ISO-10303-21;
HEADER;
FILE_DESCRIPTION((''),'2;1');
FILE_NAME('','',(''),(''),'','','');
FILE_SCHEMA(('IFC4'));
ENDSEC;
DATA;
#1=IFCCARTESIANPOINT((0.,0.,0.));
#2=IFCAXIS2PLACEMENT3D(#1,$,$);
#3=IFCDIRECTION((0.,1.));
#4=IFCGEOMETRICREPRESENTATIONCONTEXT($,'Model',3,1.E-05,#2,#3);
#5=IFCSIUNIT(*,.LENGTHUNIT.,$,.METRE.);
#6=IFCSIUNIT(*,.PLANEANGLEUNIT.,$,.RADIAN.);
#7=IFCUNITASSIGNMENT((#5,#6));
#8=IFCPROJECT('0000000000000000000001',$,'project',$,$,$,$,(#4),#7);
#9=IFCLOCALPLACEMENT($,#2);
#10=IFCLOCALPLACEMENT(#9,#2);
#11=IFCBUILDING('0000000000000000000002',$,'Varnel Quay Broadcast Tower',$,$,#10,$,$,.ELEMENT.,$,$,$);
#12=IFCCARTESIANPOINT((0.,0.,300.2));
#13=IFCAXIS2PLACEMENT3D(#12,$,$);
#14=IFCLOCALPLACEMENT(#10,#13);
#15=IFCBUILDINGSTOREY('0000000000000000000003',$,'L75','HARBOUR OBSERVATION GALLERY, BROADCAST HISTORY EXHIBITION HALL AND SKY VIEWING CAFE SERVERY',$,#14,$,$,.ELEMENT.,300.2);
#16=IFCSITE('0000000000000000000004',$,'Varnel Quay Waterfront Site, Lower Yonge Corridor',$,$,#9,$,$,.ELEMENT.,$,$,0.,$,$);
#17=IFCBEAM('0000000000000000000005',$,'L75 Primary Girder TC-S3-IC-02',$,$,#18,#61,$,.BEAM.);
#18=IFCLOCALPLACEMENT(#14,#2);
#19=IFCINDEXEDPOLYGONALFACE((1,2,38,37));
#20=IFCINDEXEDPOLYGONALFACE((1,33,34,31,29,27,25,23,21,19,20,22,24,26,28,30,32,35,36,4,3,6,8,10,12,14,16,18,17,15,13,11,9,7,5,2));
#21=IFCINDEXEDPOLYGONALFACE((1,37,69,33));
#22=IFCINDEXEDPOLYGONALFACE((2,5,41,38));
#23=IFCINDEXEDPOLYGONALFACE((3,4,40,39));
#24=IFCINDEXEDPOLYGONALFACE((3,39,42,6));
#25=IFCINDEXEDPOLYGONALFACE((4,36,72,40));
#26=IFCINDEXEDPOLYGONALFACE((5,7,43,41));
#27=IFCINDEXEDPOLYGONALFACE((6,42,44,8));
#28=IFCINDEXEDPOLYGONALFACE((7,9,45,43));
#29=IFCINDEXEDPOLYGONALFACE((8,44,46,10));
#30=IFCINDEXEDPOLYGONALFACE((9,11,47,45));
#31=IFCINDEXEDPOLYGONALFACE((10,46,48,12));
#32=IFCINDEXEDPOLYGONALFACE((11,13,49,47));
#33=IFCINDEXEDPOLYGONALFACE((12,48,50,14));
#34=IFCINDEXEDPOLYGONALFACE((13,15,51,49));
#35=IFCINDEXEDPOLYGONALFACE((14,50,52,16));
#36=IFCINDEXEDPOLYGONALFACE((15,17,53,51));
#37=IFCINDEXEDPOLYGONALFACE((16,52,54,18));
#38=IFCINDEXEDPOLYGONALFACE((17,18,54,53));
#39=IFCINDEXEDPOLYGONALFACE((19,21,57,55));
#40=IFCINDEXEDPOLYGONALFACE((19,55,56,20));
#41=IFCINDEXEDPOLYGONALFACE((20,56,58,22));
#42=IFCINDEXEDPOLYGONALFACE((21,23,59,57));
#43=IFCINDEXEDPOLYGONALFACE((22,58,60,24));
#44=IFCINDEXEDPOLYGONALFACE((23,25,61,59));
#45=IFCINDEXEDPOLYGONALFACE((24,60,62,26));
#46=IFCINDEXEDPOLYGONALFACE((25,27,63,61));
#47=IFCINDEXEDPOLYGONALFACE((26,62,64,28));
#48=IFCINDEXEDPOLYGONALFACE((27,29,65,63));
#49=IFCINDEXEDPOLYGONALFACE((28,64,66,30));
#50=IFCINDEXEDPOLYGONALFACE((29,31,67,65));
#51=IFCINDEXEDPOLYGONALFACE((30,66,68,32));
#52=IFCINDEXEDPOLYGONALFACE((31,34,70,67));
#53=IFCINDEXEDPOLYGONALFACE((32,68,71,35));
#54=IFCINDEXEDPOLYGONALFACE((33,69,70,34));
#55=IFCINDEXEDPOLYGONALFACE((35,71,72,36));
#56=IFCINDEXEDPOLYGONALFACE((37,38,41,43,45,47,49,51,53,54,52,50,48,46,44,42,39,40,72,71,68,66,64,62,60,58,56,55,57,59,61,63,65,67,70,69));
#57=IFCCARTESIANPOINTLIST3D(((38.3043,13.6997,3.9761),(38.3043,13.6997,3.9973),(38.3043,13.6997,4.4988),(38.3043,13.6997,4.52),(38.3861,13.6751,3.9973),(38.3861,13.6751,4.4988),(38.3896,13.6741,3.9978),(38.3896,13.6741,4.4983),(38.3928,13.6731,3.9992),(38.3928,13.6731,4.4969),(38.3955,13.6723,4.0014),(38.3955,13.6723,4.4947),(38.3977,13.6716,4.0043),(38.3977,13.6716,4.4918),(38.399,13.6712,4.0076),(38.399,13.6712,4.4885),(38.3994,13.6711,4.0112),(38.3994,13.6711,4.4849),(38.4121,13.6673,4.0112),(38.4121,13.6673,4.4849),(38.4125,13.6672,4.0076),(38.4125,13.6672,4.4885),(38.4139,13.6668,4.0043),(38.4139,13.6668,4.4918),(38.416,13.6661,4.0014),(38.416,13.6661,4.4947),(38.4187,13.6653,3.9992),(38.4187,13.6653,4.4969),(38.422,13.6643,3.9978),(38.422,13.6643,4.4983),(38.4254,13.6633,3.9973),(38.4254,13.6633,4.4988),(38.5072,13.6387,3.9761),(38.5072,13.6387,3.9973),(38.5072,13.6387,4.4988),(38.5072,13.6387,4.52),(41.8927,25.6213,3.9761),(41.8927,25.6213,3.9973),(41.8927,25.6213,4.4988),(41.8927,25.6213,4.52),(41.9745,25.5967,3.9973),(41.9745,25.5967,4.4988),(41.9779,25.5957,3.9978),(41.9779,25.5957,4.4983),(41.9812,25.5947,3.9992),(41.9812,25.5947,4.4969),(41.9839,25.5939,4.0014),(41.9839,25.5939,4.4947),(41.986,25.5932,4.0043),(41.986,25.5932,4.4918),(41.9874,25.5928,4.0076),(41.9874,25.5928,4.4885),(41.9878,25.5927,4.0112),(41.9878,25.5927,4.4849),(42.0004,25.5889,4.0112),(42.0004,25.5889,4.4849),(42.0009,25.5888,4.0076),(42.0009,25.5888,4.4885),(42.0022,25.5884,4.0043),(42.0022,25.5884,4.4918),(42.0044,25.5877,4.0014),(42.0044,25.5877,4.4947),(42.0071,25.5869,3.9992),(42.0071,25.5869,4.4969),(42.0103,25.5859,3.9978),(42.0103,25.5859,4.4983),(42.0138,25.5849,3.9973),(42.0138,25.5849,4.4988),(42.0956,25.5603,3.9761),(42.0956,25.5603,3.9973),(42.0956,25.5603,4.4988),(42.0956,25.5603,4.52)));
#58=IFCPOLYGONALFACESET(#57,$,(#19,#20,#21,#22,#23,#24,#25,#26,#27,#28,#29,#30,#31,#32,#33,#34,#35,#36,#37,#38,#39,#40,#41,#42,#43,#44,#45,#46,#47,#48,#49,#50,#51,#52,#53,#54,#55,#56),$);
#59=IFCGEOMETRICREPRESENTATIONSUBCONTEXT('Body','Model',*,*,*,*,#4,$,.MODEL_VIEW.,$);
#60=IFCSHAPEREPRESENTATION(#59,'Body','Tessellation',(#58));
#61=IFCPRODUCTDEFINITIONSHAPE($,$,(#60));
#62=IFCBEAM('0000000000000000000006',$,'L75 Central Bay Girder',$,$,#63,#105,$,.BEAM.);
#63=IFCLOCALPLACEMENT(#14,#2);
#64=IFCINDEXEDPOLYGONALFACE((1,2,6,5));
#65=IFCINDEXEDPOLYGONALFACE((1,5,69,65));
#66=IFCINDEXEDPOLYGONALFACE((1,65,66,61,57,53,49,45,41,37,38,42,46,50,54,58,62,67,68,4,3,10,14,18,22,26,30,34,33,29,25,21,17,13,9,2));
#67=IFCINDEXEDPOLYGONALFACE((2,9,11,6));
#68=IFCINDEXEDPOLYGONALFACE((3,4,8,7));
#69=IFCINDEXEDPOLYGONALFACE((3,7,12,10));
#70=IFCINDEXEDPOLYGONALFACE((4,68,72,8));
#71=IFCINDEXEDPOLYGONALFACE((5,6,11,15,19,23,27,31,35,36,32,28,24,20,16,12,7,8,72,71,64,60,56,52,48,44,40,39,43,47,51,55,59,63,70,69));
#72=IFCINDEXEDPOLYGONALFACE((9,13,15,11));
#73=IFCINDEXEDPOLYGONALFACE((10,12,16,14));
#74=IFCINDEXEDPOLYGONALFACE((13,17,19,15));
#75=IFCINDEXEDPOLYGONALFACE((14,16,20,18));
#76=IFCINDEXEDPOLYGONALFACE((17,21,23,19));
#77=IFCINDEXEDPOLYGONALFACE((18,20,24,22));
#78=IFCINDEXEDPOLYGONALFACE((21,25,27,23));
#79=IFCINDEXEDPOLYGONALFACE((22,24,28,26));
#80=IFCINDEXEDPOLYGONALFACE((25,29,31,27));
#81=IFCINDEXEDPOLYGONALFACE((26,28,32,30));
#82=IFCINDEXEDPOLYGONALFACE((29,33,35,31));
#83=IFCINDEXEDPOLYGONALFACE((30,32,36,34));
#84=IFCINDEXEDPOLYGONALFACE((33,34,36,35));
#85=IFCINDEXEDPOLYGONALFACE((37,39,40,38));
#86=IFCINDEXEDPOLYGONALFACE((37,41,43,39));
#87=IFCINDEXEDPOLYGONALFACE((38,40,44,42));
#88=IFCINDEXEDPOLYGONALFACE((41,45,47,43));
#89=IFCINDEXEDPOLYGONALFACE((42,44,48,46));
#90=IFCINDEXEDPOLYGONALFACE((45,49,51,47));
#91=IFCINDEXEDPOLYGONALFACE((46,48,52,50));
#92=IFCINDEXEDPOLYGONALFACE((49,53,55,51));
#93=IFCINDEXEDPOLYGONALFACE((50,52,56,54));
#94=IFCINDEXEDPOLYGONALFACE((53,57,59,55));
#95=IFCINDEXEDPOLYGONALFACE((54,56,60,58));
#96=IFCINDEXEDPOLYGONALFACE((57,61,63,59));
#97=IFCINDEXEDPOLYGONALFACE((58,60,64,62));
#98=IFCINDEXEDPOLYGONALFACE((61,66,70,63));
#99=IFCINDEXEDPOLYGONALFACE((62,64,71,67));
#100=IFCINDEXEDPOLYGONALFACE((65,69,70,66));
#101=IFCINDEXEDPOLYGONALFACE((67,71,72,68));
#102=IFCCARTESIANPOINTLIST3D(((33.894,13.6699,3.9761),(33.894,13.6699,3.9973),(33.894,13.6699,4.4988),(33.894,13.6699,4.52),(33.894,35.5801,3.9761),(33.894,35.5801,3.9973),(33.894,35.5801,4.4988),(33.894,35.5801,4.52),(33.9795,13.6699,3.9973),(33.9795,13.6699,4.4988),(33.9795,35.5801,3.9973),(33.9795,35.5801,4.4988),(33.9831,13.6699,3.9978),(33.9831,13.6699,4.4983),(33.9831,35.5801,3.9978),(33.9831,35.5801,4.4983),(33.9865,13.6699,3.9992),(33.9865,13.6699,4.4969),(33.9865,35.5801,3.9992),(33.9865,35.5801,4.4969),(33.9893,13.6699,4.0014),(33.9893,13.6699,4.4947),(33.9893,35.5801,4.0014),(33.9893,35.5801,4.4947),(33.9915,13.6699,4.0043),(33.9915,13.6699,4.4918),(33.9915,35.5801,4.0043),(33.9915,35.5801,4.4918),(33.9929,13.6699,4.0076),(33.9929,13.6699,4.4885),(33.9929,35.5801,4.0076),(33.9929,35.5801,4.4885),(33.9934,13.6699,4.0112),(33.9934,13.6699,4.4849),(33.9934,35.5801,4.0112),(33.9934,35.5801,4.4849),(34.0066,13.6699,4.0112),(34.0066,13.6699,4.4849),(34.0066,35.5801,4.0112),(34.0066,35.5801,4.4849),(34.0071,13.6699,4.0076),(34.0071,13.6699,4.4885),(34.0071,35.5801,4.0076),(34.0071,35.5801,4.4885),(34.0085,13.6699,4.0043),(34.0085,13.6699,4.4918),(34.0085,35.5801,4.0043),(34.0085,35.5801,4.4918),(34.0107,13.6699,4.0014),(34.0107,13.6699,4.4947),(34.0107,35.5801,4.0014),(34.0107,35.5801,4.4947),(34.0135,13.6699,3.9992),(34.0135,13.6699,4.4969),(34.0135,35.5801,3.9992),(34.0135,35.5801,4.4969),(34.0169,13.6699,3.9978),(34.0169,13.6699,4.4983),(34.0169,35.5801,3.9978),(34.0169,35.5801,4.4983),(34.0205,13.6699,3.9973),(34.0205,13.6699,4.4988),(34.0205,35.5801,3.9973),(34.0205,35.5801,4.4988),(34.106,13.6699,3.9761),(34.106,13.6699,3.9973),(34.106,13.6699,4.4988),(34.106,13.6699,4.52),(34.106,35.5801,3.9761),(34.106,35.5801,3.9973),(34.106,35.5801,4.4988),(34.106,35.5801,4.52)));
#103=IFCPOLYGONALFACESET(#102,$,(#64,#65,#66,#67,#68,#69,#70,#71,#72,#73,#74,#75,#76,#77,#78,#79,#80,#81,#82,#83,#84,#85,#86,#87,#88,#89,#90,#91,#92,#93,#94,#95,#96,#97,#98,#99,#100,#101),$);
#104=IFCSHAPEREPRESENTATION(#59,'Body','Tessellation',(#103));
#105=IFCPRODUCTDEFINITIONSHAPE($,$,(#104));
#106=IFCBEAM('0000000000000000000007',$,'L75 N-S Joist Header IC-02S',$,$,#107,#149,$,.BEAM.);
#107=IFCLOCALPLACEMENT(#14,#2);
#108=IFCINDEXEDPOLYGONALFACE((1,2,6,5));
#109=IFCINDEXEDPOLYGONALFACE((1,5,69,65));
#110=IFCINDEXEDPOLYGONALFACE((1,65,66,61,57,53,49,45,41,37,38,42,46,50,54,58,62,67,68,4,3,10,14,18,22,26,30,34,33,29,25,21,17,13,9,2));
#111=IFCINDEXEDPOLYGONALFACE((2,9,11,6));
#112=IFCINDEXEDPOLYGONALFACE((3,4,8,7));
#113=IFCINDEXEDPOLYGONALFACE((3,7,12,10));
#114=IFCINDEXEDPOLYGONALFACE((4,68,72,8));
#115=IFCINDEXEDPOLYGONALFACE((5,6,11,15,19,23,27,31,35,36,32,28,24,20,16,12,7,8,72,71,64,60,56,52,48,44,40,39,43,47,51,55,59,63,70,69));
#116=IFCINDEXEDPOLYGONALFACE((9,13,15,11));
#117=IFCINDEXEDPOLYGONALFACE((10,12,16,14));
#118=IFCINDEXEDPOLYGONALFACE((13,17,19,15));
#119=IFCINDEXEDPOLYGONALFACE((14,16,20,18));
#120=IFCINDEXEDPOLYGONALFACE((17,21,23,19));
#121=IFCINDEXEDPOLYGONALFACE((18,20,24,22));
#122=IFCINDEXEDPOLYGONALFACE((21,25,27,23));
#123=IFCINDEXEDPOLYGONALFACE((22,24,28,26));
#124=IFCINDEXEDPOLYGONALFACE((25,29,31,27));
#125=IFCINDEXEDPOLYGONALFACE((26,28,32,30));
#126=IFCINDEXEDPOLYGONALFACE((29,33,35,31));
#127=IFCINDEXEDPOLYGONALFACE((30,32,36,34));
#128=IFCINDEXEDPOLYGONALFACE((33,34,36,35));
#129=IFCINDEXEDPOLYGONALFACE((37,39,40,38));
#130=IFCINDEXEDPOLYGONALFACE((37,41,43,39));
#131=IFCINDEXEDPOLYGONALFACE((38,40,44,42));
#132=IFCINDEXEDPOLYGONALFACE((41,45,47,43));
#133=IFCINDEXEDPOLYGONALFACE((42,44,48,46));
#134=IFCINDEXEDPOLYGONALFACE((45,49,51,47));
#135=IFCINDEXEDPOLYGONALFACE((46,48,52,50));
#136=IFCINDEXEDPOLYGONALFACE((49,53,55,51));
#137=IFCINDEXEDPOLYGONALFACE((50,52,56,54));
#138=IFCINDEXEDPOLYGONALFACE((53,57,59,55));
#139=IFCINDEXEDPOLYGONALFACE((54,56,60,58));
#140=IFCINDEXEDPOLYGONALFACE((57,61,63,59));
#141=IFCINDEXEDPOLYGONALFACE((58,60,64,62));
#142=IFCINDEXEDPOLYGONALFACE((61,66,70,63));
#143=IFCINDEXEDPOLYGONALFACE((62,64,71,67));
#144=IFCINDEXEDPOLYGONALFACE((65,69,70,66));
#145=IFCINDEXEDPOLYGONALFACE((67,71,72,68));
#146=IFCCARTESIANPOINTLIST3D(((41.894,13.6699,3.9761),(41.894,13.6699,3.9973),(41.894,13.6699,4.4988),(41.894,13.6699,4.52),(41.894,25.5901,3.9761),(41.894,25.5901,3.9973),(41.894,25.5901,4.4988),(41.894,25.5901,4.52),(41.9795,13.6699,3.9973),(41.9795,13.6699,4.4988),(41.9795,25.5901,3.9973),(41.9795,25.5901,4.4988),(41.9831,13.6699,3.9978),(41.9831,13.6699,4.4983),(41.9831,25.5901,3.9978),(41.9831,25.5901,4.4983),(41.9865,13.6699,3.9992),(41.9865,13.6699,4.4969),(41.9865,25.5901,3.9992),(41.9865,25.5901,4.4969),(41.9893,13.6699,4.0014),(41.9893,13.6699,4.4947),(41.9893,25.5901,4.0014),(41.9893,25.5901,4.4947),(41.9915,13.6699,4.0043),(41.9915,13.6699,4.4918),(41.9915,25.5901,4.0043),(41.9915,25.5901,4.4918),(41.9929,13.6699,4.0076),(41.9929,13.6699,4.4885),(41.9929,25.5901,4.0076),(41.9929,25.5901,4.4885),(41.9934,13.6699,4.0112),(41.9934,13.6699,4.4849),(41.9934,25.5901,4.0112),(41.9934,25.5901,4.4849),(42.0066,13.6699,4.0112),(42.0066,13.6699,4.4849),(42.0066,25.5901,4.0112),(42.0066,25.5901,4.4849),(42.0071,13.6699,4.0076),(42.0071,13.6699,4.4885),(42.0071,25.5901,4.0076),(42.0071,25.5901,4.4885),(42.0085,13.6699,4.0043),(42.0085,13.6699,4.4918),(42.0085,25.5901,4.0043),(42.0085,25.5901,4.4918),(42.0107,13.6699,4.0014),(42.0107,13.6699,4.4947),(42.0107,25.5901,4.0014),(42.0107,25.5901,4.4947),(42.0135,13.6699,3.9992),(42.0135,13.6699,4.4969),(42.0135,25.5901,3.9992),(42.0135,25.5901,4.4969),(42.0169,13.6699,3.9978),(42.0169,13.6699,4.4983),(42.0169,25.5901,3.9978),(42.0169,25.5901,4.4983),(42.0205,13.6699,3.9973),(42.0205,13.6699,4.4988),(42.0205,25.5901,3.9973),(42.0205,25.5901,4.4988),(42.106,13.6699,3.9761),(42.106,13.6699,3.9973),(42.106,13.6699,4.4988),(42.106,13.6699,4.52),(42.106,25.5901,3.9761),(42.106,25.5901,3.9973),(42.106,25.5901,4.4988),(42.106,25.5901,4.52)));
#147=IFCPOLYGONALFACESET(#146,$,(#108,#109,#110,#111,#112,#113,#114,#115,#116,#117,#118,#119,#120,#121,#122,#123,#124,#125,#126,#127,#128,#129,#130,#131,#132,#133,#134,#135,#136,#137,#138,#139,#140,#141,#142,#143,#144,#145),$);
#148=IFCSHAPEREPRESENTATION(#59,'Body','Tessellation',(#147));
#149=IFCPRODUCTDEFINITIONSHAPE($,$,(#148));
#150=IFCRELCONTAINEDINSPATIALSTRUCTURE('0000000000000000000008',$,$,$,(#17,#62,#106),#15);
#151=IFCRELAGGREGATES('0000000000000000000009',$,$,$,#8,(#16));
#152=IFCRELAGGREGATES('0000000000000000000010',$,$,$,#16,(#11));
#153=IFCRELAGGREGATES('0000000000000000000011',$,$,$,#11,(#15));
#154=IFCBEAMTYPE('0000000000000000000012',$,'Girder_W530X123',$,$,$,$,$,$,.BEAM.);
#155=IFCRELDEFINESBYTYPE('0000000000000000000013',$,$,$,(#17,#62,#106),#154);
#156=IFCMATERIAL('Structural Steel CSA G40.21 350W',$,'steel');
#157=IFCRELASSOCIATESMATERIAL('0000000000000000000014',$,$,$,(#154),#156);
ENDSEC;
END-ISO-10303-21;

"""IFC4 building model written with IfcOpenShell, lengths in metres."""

from ifc_helpers import new_model, si_unit, direction, frame, origin, origin_2d, place, context, subcontext, project, spatial, i_section, extrude, source, transform, mapped, material, material_profile, profile_set, type_object, type_shapes, element, save


model = new_model("IFC4")

# Units and contexts
model_context = context("Model", 3, precision=1e-05, world=origin(), true_north=direction((0.0, 1.0)))
body_context = subcontext(model_context, "Body", "Model", "MODEL_VIEW")
ifc_project = project(units=[si_unit("LENGTHUNIT", "METRE"), si_unit("PLANEANGLEUNIT", "RADIAN")], contexts=[model_context])

# Site, building, storey
site_placement = place(None, origin())
site = spatial("IfcSite", under=ifc_project, at=site_placement, Name="Varnel Quay Waterfront Site, Lower Yonge Corridor", CompositionType="ELEMENT", RefElevation=0.0)
building_placement = place(site_placement, origin())
building = spatial("IfcBuilding", under=site, at=building_placement, Name="Varnel Quay Broadcast Tower", CompositionType="ELEMENT")
storey_placement = place(building_placement, frame((0.0, 0.0, 300.2)))
storey = spatial("IfcBuildingStorey", under=building, at=storey_placement, Name="L75", Description="HARBOUR OBSERVATION GALLERY, BROADCAST HISTORY EXHIBITION HALL AND SKY VIEWING CAFE SERVERY", CompositionType="ELEMENT", Elevation=300.2)

# Shared definitions
ifc_material_1 = material(Name="Structural Steel CSA G40.21 350W", Category="steel")

# Beams
ifc_material_profile_1 = material_profile(ifc_material_1, i_section(OverallWidth=0.2119, OverallDepth=0.5439, WebThickness=0.0132, FlangeThickness=0.0212, FilletRadius=0.0139, at=origin_2d()), Name="W530X123")
ifc_profile_set_1 = profile_set([ifc_material_profile_1], Name="Structural Steel CSA G40.21 350W")
beam_type_1 = type_object("IfcBeamType", Name="Girder_W530X123", PredefinedType="BEAM", material=ifc_profile_set_1)
shared_shape_1 = source(origin(), body_context, "Body", "SweptSolid", [
    extrude(i_section(OverallWidth=0.2119, OverallDepth=0.5439, WebThickness=0.0132, FlangeThickness=0.0212, FilletRadius=0.0139, at=origin_2d()), origin(), (0.0, 0.0, 1.0), 12.45),
])
beam_1_placement = place(storey_placement, frame((38.4058, 13.6692, 4.248), z_axis=(0.288224, 0.957563, 0.0), x_axis=(-0.957563, 0.288224, 0.0)))
element("IfcBeam", 1, at=beam_1_placement, inside=storey, type_object=beam_type_1, Name="L75 Primary Girder TC-S3-IC-02", PredefinedType="BEAM", context=body_context, shape_type="MappedRepresentation", body=[
    mapped(shared_shape_1, transform((0.0, 0.0, 0.0), x_axis=(1.0, 0.0, 0.0), y_axis=(0.0, 1.0, 0.0), z_axis=(0.0, 0.0, 1.0), scale=1.0)),
])
shared_shape_2 = source(origin(), body_context, "Body", "SweptSolid", [
    extrude(i_section(OverallWidth=0.2119, OverallDepth=0.5439, WebThickness=0.0132, FlangeThickness=0.0212, FilletRadius=0.0139, at=origin_2d()), origin(), (0.0, 0.0, 1.0), 21.9102),
])
beam_2_placement = place(storey_placement, frame((34.0, 13.6699, 4.248), z_axis=(0.0, 1.0, 0.0), x_axis=(-1.0, 0.0, 0.0)))
element("IfcBeam", 2, at=beam_2_placement, inside=storey, type_object=beam_type_1, Name="L75 Central Bay Girder", PredefinedType="BEAM", context=body_context, shape_type="MappedRepresentation", body=[
    mapped(shared_shape_2, transform((0.0, 0.0, 0.0), x_axis=(1.0, 0.0, 0.0), y_axis=(0.0, 1.0, 0.0), z_axis=(0.0, 0.0, 1.0), scale=1.0)),
])
shared_shape_3 = source(origin(), body_context, "Body", "SweptSolid", [
    extrude(i_section(OverallWidth=0.2119, OverallDepth=0.5439, WebThickness=0.0132, FlangeThickness=0.0212, FilletRadius=0.0139, at=origin_2d()), origin(), (0.0, 0.0, 1.0), 11.9202),
])
type_shapes(beam_type_1, [shared_shape_1, shared_shape_2, shared_shape_3])
beam_3_placement = place(storey_placement, frame((42.0, 13.6699, 4.248), z_axis=(0.0, 1.0, 0.0), x_axis=(-1.0, 0.0, 0.0)))
element("IfcBeam", 3, at=beam_3_placement, inside=storey, type_object=beam_type_1, Name="L75 N-S Joist Header IC-02S", PredefinedType="BEAM", context=body_context, shape_type="MappedRepresentation", body=[
    mapped(shared_shape_3, transform((0.0, 0.0, 0.0), x_axis=(1.0, 0.0, 0.0), y_axis=(0.0, 1.0, 0.0), z_axis=(0.0, 0.0, 1.0), scale=1.0)),
])

save(model, "model.ifc")
